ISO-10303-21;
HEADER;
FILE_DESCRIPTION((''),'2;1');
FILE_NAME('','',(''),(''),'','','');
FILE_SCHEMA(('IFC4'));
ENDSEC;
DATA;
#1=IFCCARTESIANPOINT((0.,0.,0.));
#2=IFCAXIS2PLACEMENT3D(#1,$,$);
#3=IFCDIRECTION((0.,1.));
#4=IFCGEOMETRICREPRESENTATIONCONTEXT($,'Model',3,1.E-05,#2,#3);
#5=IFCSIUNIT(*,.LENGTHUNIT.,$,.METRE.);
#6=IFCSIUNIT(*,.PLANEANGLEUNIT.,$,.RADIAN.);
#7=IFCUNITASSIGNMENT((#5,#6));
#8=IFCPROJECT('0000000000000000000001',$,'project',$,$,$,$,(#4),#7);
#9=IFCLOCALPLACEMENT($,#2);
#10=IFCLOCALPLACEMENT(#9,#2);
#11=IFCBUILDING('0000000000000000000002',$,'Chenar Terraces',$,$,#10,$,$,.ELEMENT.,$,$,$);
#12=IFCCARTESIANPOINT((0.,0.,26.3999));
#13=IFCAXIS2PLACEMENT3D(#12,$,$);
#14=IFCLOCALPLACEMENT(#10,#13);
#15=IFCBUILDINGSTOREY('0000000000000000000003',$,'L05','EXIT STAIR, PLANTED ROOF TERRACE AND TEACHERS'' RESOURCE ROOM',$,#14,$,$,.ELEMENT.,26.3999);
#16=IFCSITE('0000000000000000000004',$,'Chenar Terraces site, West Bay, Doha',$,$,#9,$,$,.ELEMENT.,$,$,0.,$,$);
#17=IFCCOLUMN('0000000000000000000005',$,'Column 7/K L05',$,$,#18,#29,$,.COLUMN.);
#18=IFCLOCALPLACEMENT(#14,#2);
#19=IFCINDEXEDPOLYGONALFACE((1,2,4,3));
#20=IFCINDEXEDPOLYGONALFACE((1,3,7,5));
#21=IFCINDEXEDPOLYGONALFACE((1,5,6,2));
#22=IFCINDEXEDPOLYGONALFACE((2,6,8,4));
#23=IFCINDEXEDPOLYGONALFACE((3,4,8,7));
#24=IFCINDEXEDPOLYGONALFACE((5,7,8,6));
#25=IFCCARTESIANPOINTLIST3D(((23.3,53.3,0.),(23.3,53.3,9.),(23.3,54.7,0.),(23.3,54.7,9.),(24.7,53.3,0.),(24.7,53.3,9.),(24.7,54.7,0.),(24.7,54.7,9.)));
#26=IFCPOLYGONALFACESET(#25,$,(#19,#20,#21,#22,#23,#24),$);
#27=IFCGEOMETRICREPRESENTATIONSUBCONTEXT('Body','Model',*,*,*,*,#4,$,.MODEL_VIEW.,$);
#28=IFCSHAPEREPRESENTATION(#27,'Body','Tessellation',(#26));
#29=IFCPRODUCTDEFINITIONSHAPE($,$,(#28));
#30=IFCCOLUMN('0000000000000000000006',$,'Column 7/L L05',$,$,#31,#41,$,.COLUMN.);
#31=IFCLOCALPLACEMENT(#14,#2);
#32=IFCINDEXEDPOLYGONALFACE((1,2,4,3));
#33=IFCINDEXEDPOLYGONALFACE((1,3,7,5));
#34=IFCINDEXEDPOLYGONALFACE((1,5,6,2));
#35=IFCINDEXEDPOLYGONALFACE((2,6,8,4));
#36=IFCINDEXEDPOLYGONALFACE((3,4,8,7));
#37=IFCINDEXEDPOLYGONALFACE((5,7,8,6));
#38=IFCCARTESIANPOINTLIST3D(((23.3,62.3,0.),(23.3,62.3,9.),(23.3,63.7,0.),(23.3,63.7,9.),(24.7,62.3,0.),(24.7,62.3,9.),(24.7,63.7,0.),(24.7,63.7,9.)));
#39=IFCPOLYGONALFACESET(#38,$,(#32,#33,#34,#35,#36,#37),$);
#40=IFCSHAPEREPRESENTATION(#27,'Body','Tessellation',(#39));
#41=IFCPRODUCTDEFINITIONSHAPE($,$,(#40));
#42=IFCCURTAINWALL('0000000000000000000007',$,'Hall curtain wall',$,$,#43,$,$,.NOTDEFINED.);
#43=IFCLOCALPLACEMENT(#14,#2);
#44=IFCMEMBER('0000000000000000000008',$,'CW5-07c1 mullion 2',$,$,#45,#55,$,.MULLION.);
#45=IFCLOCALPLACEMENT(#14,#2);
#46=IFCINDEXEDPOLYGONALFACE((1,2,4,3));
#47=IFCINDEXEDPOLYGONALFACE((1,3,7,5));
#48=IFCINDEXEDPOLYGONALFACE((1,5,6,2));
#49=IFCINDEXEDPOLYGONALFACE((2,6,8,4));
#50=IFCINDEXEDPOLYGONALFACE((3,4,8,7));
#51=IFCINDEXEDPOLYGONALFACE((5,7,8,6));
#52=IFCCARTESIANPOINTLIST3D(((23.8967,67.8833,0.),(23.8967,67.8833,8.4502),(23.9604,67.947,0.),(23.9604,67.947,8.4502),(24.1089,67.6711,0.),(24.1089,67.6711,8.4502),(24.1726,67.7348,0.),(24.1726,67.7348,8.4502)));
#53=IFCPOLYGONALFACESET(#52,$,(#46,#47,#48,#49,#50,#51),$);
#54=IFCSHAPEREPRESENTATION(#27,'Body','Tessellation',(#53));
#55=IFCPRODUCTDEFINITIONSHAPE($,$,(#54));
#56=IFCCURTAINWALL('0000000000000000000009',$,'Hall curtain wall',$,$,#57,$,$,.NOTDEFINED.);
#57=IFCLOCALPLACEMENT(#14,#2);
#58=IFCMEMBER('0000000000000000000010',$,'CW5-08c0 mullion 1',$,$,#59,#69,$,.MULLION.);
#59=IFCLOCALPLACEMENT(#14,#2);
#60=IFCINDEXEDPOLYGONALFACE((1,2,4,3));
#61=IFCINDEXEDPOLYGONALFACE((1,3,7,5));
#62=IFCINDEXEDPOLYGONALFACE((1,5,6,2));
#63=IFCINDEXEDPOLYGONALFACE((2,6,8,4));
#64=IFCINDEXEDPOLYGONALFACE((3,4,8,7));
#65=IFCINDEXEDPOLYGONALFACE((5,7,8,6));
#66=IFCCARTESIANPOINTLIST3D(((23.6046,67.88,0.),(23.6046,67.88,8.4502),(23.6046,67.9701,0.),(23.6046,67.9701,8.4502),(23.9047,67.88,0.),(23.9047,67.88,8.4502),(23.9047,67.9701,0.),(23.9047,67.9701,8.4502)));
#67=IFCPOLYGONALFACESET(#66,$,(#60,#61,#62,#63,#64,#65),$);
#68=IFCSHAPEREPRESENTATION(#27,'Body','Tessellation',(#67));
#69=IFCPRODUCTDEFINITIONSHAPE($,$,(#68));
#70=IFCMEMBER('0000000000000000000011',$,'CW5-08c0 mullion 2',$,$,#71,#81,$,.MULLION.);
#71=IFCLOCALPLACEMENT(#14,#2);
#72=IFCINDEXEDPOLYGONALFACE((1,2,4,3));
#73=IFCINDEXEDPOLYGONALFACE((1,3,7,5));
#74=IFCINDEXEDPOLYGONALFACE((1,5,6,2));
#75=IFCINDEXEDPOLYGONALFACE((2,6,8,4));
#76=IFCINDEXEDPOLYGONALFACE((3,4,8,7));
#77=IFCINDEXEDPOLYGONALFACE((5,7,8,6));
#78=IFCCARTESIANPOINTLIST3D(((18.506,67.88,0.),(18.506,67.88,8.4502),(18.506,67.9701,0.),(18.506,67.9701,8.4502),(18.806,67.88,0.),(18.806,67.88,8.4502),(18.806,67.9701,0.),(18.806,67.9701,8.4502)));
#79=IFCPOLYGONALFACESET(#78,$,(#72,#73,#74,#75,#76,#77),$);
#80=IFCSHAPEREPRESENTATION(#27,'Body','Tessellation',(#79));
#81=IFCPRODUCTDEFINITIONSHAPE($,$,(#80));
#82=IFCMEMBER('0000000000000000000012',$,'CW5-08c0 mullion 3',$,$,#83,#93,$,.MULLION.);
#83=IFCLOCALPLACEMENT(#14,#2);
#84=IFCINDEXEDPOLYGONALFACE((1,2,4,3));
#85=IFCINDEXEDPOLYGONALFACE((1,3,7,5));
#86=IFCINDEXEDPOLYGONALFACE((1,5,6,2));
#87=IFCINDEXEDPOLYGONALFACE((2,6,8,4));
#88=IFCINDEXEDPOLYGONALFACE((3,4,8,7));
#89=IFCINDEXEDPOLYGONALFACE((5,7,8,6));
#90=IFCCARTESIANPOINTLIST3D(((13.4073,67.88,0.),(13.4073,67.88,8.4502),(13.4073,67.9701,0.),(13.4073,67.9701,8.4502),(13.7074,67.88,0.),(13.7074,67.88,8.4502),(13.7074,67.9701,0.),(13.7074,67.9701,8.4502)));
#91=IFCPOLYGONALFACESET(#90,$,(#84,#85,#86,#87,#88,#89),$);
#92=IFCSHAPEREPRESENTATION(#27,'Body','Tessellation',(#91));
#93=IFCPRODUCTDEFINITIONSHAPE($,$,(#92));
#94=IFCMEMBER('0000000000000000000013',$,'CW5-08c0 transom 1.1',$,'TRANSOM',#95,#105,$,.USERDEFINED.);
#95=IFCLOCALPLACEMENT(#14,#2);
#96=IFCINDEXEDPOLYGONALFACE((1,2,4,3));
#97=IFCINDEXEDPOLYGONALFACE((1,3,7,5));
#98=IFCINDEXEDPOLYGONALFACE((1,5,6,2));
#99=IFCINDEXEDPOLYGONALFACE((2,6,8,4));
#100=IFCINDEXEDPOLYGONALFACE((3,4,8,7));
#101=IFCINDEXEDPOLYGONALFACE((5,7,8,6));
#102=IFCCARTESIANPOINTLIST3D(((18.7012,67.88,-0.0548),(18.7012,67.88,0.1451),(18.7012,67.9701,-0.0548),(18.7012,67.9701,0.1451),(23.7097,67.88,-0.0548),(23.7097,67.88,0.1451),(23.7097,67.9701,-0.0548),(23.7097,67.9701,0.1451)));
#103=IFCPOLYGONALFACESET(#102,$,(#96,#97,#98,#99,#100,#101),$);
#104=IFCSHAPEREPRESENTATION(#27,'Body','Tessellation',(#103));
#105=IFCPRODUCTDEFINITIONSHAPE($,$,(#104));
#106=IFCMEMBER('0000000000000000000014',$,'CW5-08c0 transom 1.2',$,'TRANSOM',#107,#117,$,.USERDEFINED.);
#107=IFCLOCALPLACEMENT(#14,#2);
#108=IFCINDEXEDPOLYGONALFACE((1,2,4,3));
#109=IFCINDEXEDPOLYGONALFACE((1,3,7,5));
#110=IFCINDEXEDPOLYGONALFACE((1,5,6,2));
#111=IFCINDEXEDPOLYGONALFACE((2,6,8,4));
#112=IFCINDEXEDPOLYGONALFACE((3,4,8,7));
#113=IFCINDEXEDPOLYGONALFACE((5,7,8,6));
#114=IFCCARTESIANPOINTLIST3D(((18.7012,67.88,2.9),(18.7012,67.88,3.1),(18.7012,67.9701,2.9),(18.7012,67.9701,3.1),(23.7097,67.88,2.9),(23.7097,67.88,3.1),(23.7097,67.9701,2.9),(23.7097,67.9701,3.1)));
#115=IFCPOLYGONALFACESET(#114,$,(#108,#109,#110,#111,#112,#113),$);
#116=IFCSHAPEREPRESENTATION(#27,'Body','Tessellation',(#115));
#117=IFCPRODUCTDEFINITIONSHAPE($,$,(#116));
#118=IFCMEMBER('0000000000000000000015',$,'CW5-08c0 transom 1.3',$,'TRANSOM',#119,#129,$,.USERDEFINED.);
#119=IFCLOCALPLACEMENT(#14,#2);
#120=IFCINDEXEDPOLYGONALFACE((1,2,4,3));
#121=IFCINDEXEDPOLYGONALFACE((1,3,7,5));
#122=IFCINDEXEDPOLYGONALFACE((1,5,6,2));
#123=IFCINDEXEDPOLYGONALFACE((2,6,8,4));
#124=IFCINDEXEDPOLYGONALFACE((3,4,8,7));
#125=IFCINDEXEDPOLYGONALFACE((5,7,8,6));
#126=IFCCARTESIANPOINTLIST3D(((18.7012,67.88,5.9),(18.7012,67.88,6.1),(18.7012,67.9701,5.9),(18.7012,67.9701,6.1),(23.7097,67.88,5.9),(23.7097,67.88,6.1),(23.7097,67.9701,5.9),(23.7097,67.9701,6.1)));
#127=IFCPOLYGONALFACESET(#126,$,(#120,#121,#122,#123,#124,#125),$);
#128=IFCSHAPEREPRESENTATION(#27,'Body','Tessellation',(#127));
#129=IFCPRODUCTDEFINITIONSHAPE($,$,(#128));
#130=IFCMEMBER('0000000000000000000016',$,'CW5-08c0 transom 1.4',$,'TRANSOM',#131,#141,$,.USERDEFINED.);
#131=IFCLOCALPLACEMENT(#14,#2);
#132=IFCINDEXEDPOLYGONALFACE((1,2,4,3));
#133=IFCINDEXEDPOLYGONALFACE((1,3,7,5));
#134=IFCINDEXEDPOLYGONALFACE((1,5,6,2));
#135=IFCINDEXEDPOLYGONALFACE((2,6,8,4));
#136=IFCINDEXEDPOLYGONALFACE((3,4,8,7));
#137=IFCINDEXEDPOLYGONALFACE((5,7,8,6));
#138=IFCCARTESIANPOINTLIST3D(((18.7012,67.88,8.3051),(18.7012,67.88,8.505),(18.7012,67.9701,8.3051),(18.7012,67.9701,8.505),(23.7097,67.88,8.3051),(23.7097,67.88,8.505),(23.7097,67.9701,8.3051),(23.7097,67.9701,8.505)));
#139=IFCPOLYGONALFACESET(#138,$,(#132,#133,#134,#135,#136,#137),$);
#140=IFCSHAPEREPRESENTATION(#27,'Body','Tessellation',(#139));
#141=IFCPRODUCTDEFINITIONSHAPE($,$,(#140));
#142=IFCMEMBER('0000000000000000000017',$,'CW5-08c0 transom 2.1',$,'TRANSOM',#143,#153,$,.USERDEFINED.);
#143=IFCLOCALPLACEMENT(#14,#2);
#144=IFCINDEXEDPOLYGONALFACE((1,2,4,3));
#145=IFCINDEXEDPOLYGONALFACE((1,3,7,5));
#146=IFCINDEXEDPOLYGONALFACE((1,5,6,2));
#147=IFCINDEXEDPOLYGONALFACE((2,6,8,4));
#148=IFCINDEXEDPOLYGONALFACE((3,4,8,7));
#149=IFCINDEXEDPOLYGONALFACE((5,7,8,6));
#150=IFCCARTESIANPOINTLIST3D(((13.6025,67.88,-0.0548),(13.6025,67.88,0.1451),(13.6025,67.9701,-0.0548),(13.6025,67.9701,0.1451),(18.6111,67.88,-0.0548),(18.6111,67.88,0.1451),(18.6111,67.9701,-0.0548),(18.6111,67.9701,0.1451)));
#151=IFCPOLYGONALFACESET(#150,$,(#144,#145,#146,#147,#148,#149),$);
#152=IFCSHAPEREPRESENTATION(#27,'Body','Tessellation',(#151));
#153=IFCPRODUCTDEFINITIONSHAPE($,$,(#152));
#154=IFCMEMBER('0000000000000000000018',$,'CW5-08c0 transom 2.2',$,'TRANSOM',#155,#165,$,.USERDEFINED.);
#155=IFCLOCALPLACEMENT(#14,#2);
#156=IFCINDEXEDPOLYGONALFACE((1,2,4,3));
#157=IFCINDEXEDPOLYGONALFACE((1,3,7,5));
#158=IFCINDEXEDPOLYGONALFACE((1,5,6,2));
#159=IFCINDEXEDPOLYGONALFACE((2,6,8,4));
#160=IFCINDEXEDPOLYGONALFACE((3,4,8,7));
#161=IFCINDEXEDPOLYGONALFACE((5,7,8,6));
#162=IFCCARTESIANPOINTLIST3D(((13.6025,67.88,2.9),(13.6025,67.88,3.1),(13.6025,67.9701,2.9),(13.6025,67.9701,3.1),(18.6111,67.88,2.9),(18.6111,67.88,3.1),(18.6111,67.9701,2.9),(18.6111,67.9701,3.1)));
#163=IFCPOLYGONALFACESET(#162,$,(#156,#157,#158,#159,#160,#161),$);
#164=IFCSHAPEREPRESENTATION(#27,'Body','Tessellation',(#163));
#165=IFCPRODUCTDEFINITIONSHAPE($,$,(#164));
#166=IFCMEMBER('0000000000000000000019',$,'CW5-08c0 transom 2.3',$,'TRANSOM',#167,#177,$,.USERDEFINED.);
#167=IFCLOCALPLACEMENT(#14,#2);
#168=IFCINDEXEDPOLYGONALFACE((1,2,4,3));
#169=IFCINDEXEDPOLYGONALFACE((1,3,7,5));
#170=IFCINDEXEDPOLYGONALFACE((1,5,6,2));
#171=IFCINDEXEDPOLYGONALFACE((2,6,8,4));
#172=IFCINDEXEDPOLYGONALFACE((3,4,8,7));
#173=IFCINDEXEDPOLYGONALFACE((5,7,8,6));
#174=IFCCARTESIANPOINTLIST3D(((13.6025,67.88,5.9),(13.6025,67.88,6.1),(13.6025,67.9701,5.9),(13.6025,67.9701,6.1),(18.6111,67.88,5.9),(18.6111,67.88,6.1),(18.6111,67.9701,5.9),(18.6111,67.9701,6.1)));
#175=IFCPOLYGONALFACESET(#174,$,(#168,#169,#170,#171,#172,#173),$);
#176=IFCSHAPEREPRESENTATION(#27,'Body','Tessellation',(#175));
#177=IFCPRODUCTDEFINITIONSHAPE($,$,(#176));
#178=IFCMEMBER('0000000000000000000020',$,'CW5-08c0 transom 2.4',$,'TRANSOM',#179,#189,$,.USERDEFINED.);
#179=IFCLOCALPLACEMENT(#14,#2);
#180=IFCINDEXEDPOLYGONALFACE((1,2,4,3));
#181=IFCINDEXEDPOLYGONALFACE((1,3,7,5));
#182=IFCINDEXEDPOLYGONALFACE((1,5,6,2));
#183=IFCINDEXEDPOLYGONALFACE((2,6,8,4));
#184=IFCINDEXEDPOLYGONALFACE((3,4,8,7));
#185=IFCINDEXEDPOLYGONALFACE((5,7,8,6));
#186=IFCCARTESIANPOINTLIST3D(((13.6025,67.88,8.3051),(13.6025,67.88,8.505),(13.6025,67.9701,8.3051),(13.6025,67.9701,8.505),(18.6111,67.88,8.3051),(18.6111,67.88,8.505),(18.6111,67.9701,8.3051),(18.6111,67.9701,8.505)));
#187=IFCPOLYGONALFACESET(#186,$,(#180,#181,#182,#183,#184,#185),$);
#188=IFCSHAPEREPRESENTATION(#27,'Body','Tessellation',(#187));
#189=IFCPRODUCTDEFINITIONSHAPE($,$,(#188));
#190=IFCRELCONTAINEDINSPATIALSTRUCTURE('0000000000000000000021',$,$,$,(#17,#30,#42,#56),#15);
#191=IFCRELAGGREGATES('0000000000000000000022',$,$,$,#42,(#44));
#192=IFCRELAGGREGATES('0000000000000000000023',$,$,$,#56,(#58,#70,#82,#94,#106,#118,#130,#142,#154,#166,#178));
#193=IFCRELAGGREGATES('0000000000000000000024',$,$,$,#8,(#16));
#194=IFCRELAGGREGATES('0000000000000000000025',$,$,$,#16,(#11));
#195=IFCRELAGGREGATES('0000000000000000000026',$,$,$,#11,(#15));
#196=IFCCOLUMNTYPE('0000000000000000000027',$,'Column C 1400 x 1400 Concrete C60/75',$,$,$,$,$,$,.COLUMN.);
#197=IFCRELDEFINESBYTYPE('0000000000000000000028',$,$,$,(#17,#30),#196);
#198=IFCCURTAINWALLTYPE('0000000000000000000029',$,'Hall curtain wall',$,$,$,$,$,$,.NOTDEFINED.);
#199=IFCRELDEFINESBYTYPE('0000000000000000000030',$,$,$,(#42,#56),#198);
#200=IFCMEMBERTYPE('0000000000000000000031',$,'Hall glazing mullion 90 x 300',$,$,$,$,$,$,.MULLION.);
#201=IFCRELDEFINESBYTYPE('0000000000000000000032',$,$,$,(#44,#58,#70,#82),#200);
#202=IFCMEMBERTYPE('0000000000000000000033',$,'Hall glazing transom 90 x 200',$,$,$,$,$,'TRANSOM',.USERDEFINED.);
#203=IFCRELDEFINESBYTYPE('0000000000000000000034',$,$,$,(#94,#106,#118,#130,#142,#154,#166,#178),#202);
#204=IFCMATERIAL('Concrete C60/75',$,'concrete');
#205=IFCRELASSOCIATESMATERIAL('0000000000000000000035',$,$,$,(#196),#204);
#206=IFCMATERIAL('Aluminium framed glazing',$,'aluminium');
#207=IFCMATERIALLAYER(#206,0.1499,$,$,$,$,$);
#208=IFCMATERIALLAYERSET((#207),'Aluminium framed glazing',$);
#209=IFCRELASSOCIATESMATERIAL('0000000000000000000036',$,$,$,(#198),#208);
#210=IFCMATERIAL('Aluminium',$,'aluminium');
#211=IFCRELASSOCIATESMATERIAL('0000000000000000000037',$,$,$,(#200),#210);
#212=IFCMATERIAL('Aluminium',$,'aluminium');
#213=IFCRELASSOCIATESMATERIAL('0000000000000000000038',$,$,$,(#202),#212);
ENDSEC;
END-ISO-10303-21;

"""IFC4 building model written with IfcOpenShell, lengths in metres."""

from ifc_helpers import new_model, si_unit, direction, frame, origin, origin_2d, place, context, subcontext, project, spatial, rectangle, extrude, material, layer, layer_set, material_profile, profile_set, type_object, element, aggregate, save


model = new_model("IFC4")

# Units and contexts
model_context = context("Model", 3, precision=1e-05, world=origin(), true_north=direction((0.0, 1.0)))
body_context = subcontext(model_context, "Body", "Model", "MODEL_VIEW")
ifc_project = project(units=[si_unit("LENGTHUNIT", "METRE"), si_unit("PLANEANGLEUNIT", "RADIAN")], contexts=[model_context])

# Site, building, storey
site_placement = place(None, origin())
site = spatial("IfcSite", under=ifc_project, at=site_placement, Name="Chenar Terraces site, West Bay, Doha", CompositionType="ELEMENT", RefElevation=0.0)
building_placement = place(site_placement, origin())
building = spatial("IfcBuilding", under=site, at=building_placement, Name="Chenar Terraces", CompositionType="ELEMENT")
storey_placement = place(building_placement, frame((0.0, 0.0, 26.3999)))
storey = spatial("IfcBuildingStorey", under=building, at=storey_placement, Name="L05", Description="EXIT STAIR, PLANTED ROOF TERRACE AND TEACHERS' RESOURCE ROOM", CompositionType="ELEMENT", Elevation=26.3999)

# Columns
ifc_material_1 = material(Name="Concrete C60/75", Category="concrete")
ifc_material_profile_1 = material_profile(ifc_material_1, rectangle(XDim=1.3999, YDim=1.3999, at=origin_2d()), Name="C 1400 x 1400")
ifc_profile_set_1 = profile_set([ifc_material_profile_1], Name="Concrete C60/75")
column_type = type_object("IfcColumnType", Name="Column C 1400 x 1400 Concrete C60/75", PredefinedType="COLUMN", material=ifc_profile_set_1)
for number, where, z_axis, x_axis, name in (
    (1, (24.0, 54.0, 0.0), (0.0, 0.0, 1.0), (1.0, 0.0, 0.0), "Column 7/K L05"),
    (2, (24.0, 63.0, 0.0), (0.0, 0.0, 1.0), (1.0, 0.0, 0.0), "Column 7/L L05"),
):
    element("IfcColumn", number, at=place(storey_placement, frame(where, z_axis=z_axis, x_axis=x_axis)), inside=storey, type_object=column_type, Name=name, PredefinedType="COLUMN", context=body_context, shape_type="SweptSolid", body=[
        extrude(rectangle(XDim=1.3999, YDim=1.3999, at=origin_2d()), origin(), (0.0, 0.0, 1.0), 9.0),
    ])

# Curtain wall, member
ifc_material_2 = material(Name="Aluminium framed glazing", Category="aluminium")
ifc_layer_1 = layer(ifc_material_2, 0.1499)
ifc_layer_set_1 = layer_set([ifc_layer_1], Name="Aluminium framed glazing")
curtain_wall_type = type_object("IfcCurtainWallType", Name="Hall curtain wall", PredefinedType="NOTDEFINED", material=ifc_layer_set_1)
placement = place(storey_placement, origin())
curtain_wall_1 = element("IfcCurtainWall", 3, at=placement, inside=storey, type_object=curtain_wall_type, Name="Hall curtain wall", PredefinedType="NOTDEFINED")
ifc_material_3 = material(Name="Aluminium", Category="aluminium")
ifc_material_profile_2 = material_profile(ifc_material_3, rectangle(XDim=0.0901, YDim=0.3, at=origin_2d()), Name="Hall glazing mullion 90 x 300")
ifc_profile_set_2 = profile_set([ifc_material_profile_2], Name="Aluminium")
member_type_1 = type_object("IfcMemberType", Name="Hall glazing mullion 90 x 300", PredefinedType="MULLION", material=ifc_profile_set_2)
member_1_placement = place(storey_placement, frame((24.0347, 67.8091, 0.0), z_axis=(0.0, 0.0, 1.0), x_axis=(-0.707107, -0.707107, 0.0)))
member_1 = element("IfcMember", 4, at=member_1_placement, type_object=member_type_1, Name="CW5-07c1 mullion 2", PredefinedType="MULLION", context=body_context, shape_type="SweptSolid", body=[
    extrude(rectangle(XDim=0.0901, YDim=0.3, at=origin_2d()), origin(), (0.0, 0.0, 1.0), 8.4502),
])

# Curtain wall, members
curtain_wall_2 = element("IfcCurtainWall", 5, at=placement, inside=storey, type_object=curtain_wall_type, Name="Hall curtain wall", PredefinedType="NOTDEFINED")
member_2_placement = place(storey_placement, frame((23.7546, 67.925, 0.0), z_axis=(0.0, 0.0, 1.0), x_axis=(0.0, -1.0, 0.0)))
member_2 = element("IfcMember", 6, at=member_2_placement, type_object=member_type_1, Name="CW5-08c0 mullion 1", PredefinedType="MULLION", context=body_context, shape_type="SweptSolid", body=[
    extrude(rectangle(XDim=0.0901, YDim=0.3, at=origin_2d()), origin(), (0.0, 0.0, 1.0), 8.4502),
])
member_3_placement = place(storey_placement, frame((18.656, 67.925, 0.0), z_axis=(0.0, 0.0, 1.0), x_axis=(0.0, -1.0, 0.0)))
member_3 = element("IfcMember", 7, at=member_3_placement, type_object=member_type_1, Name="CW5-08c0 mullion 2", PredefinedType="MULLION", context=body_context, shape_type="SweptSolid", body=[
    extrude(rectangle(XDim=0.0901, YDim=0.3, at=origin_2d()), origin(), (0.0, 0.0, 1.0), 8.4502),
])
member_4_placement = place(storey_placement, frame((13.5574, 67.925, 0.0), z_axis=(0.0, 0.0, 1.0), x_axis=(0.0, -1.0, 0.0)))
member_4 = element("IfcMember", 8, at=member_4_placement, type_object=member_type_1, Name="CW5-08c0 mullion 3", PredefinedType="MULLION", context=body_context, shape_type="SweptSolid", body=[
    extrude(rectangle(XDim=0.0901, YDim=0.3, at=origin_2d()), origin(), (0.0, 0.0, 1.0), 8.4502),
])
ifc_material_4 = material(Name="Aluminium", Category="aluminium")
ifc_material_profile_3 = material_profile(ifc_material_4, rectangle(XDim=0.0901, YDim=0.2, at=origin_2d()), Name="Hall glazing transom 90 x 200")
ifc_profile_set_3 = profile_set([ifc_material_profile_3], Name="Aluminium")
member_type_2 = type_object("IfcMemberType", Name="Hall glazing transom 90 x 200", ElementType="TRANSOM", PredefinedType="USERDEFINED", material=ifc_profile_set_3)
member_5_placement = place(storey_placement, frame((23.7097, 67.925, 0.0452), z_axis=(-1.0, 0.0, 0.0), x_axis=(0.0, -1.0, 0.0)))
member_5 = element("IfcMember", 9, at=member_5_placement, type_object=member_type_2, Name="CW5-08c0 transom 1.1", ObjectType="TRANSOM", PredefinedType="USERDEFINED", context=body_context, shape_type="SweptSolid", body=[
    extrude(rectangle(XDim=0.0901, YDim=0.2, at=origin_2d()), origin(), (0.0, 0.0, 1.0), 5.0085),
])
member_6_placement = place(storey_placement, frame((23.7097, 67.925, 3.0), z_axis=(-1.0, 0.0, 0.0), x_axis=(0.0, -1.0, 0.0)))
member_6 = element("IfcMember", 10, at=member_6_placement, type_object=member_type_2, Name="CW5-08c0 transom 1.2", ObjectType="TRANSOM", PredefinedType="USERDEFINED", context=body_context, shape_type="SweptSolid", body=[
    extrude(rectangle(XDim=0.0901, YDim=0.2, at=origin_2d()), origin(), (0.0, 0.0, 1.0), 5.0085),
])
member_7_placement = place(storey_placement, frame((23.7097, 67.925, 6.0), z_axis=(-1.0, 0.0, 0.0), x_axis=(0.0, -1.0, 0.0)))
member_7 = element("IfcMember", 11, at=member_7_placement, type_object=member_type_2, Name="CW5-08c0 transom 1.3", ObjectType="TRANSOM", PredefinedType="USERDEFINED", context=body_context, shape_type="SweptSolid", body=[
    extrude(rectangle(XDim=0.0901, YDim=0.2, at=origin_2d()), origin(), (0.0, 0.0, 1.0), 5.0085),
])
member_8_placement = place(storey_placement, frame((23.7097, 67.925, 8.405), z_axis=(-1.0, 0.0, 0.0), x_axis=(0.0, -1.0, 0.0)))
member_8 = element("IfcMember", 12, at=member_8_placement, type_object=member_type_2, Name="CW5-08c0 transom 1.4", ObjectType="TRANSOM", PredefinedType="USERDEFINED", context=body_context, shape_type="SweptSolid", body=[
    extrude(rectangle(XDim=0.0901, YDim=0.2, at=origin_2d()), origin(), (0.0, 0.0, 1.0), 5.0085),
])
member_9_placement = place(storey_placement, frame((18.6111, 67.925, 0.0452), z_axis=(-1.0, 0.0, 0.0), x_axis=(0.0, -1.0, 0.0)))
member_9 = element("IfcMember", 13, at=member_9_placement, type_object=member_type_2, Name="CW5-08c0 transom 2.1", ObjectType="TRANSOM", PredefinedType="USERDEFINED", context=body_context, shape_type="SweptSolid", body=[
    extrude(rectangle(XDim=0.0901, YDim=0.2, at=origin_2d()), origin(), (0.0, 0.0, 1.0), 5.0085),
])
member_10_placement = place(storey_placement, frame((18.6111, 67.925, 3.0), z_axis=(-1.0, 0.0, 0.0), x_axis=(0.0, -1.0, 0.0)))
member_10 = element("IfcMember", 14, at=member_10_placement, type_object=member_type_2, Name="CW5-08c0 transom 2.2", ObjectType="TRANSOM", PredefinedType="USERDEFINED", context=body_context, shape_type="SweptSolid", body=[
    extrude(rectangle(XDim=0.0901, YDim=0.2, at=origin_2d()), origin(), (0.0, 0.0, 1.0), 5.0085),
])
member_11_placement = place(storey_placement, frame((18.6111, 67.925, 6.0), z_axis=(-1.0, 0.0, 0.0), x_axis=(0.0, -1.0, 0.0)))
member_11 = element("IfcMember", 15, at=member_11_placement, type_object=member_type_2, Name="CW5-08c0 transom 2.3", ObjectType="TRANSOM", PredefinedType="USERDEFINED", context=body_context, shape_type="SweptSolid", body=[
    extrude(rectangle(XDim=0.0901, YDim=0.2, at=origin_2d()), origin(), (0.0, 0.0, 1.0), 5.0085),
])
member_12_placement = place(storey_placement, frame((18.6111, 67.925, 8.405), z_axis=(-1.0, 0.0, 0.0), x_axis=(0.0, -1.0, 0.0)))
member_12 = element("IfcMember", 16, at=member_12_placement, type_object=member_type_2, Name="CW5-08c0 transom 2.4", ObjectType="TRANSOM", PredefinedType="USERDEFINED", context=body_context, shape_type="SweptSolid", body=[
    extrude(rectangle(XDim=0.0901, YDim=0.2, at=origin_2d()), origin(), (0.0, 0.0, 1.0), 5.0085),
])

aggregate(curtain_wall_1, [member_1])
aggregate(curtain_wall_2, [member_2, member_3, member_4, member_5, member_6, member_7, member_8, member_9, member_10, member_11, member_12])

save(model, "model.ifc")
